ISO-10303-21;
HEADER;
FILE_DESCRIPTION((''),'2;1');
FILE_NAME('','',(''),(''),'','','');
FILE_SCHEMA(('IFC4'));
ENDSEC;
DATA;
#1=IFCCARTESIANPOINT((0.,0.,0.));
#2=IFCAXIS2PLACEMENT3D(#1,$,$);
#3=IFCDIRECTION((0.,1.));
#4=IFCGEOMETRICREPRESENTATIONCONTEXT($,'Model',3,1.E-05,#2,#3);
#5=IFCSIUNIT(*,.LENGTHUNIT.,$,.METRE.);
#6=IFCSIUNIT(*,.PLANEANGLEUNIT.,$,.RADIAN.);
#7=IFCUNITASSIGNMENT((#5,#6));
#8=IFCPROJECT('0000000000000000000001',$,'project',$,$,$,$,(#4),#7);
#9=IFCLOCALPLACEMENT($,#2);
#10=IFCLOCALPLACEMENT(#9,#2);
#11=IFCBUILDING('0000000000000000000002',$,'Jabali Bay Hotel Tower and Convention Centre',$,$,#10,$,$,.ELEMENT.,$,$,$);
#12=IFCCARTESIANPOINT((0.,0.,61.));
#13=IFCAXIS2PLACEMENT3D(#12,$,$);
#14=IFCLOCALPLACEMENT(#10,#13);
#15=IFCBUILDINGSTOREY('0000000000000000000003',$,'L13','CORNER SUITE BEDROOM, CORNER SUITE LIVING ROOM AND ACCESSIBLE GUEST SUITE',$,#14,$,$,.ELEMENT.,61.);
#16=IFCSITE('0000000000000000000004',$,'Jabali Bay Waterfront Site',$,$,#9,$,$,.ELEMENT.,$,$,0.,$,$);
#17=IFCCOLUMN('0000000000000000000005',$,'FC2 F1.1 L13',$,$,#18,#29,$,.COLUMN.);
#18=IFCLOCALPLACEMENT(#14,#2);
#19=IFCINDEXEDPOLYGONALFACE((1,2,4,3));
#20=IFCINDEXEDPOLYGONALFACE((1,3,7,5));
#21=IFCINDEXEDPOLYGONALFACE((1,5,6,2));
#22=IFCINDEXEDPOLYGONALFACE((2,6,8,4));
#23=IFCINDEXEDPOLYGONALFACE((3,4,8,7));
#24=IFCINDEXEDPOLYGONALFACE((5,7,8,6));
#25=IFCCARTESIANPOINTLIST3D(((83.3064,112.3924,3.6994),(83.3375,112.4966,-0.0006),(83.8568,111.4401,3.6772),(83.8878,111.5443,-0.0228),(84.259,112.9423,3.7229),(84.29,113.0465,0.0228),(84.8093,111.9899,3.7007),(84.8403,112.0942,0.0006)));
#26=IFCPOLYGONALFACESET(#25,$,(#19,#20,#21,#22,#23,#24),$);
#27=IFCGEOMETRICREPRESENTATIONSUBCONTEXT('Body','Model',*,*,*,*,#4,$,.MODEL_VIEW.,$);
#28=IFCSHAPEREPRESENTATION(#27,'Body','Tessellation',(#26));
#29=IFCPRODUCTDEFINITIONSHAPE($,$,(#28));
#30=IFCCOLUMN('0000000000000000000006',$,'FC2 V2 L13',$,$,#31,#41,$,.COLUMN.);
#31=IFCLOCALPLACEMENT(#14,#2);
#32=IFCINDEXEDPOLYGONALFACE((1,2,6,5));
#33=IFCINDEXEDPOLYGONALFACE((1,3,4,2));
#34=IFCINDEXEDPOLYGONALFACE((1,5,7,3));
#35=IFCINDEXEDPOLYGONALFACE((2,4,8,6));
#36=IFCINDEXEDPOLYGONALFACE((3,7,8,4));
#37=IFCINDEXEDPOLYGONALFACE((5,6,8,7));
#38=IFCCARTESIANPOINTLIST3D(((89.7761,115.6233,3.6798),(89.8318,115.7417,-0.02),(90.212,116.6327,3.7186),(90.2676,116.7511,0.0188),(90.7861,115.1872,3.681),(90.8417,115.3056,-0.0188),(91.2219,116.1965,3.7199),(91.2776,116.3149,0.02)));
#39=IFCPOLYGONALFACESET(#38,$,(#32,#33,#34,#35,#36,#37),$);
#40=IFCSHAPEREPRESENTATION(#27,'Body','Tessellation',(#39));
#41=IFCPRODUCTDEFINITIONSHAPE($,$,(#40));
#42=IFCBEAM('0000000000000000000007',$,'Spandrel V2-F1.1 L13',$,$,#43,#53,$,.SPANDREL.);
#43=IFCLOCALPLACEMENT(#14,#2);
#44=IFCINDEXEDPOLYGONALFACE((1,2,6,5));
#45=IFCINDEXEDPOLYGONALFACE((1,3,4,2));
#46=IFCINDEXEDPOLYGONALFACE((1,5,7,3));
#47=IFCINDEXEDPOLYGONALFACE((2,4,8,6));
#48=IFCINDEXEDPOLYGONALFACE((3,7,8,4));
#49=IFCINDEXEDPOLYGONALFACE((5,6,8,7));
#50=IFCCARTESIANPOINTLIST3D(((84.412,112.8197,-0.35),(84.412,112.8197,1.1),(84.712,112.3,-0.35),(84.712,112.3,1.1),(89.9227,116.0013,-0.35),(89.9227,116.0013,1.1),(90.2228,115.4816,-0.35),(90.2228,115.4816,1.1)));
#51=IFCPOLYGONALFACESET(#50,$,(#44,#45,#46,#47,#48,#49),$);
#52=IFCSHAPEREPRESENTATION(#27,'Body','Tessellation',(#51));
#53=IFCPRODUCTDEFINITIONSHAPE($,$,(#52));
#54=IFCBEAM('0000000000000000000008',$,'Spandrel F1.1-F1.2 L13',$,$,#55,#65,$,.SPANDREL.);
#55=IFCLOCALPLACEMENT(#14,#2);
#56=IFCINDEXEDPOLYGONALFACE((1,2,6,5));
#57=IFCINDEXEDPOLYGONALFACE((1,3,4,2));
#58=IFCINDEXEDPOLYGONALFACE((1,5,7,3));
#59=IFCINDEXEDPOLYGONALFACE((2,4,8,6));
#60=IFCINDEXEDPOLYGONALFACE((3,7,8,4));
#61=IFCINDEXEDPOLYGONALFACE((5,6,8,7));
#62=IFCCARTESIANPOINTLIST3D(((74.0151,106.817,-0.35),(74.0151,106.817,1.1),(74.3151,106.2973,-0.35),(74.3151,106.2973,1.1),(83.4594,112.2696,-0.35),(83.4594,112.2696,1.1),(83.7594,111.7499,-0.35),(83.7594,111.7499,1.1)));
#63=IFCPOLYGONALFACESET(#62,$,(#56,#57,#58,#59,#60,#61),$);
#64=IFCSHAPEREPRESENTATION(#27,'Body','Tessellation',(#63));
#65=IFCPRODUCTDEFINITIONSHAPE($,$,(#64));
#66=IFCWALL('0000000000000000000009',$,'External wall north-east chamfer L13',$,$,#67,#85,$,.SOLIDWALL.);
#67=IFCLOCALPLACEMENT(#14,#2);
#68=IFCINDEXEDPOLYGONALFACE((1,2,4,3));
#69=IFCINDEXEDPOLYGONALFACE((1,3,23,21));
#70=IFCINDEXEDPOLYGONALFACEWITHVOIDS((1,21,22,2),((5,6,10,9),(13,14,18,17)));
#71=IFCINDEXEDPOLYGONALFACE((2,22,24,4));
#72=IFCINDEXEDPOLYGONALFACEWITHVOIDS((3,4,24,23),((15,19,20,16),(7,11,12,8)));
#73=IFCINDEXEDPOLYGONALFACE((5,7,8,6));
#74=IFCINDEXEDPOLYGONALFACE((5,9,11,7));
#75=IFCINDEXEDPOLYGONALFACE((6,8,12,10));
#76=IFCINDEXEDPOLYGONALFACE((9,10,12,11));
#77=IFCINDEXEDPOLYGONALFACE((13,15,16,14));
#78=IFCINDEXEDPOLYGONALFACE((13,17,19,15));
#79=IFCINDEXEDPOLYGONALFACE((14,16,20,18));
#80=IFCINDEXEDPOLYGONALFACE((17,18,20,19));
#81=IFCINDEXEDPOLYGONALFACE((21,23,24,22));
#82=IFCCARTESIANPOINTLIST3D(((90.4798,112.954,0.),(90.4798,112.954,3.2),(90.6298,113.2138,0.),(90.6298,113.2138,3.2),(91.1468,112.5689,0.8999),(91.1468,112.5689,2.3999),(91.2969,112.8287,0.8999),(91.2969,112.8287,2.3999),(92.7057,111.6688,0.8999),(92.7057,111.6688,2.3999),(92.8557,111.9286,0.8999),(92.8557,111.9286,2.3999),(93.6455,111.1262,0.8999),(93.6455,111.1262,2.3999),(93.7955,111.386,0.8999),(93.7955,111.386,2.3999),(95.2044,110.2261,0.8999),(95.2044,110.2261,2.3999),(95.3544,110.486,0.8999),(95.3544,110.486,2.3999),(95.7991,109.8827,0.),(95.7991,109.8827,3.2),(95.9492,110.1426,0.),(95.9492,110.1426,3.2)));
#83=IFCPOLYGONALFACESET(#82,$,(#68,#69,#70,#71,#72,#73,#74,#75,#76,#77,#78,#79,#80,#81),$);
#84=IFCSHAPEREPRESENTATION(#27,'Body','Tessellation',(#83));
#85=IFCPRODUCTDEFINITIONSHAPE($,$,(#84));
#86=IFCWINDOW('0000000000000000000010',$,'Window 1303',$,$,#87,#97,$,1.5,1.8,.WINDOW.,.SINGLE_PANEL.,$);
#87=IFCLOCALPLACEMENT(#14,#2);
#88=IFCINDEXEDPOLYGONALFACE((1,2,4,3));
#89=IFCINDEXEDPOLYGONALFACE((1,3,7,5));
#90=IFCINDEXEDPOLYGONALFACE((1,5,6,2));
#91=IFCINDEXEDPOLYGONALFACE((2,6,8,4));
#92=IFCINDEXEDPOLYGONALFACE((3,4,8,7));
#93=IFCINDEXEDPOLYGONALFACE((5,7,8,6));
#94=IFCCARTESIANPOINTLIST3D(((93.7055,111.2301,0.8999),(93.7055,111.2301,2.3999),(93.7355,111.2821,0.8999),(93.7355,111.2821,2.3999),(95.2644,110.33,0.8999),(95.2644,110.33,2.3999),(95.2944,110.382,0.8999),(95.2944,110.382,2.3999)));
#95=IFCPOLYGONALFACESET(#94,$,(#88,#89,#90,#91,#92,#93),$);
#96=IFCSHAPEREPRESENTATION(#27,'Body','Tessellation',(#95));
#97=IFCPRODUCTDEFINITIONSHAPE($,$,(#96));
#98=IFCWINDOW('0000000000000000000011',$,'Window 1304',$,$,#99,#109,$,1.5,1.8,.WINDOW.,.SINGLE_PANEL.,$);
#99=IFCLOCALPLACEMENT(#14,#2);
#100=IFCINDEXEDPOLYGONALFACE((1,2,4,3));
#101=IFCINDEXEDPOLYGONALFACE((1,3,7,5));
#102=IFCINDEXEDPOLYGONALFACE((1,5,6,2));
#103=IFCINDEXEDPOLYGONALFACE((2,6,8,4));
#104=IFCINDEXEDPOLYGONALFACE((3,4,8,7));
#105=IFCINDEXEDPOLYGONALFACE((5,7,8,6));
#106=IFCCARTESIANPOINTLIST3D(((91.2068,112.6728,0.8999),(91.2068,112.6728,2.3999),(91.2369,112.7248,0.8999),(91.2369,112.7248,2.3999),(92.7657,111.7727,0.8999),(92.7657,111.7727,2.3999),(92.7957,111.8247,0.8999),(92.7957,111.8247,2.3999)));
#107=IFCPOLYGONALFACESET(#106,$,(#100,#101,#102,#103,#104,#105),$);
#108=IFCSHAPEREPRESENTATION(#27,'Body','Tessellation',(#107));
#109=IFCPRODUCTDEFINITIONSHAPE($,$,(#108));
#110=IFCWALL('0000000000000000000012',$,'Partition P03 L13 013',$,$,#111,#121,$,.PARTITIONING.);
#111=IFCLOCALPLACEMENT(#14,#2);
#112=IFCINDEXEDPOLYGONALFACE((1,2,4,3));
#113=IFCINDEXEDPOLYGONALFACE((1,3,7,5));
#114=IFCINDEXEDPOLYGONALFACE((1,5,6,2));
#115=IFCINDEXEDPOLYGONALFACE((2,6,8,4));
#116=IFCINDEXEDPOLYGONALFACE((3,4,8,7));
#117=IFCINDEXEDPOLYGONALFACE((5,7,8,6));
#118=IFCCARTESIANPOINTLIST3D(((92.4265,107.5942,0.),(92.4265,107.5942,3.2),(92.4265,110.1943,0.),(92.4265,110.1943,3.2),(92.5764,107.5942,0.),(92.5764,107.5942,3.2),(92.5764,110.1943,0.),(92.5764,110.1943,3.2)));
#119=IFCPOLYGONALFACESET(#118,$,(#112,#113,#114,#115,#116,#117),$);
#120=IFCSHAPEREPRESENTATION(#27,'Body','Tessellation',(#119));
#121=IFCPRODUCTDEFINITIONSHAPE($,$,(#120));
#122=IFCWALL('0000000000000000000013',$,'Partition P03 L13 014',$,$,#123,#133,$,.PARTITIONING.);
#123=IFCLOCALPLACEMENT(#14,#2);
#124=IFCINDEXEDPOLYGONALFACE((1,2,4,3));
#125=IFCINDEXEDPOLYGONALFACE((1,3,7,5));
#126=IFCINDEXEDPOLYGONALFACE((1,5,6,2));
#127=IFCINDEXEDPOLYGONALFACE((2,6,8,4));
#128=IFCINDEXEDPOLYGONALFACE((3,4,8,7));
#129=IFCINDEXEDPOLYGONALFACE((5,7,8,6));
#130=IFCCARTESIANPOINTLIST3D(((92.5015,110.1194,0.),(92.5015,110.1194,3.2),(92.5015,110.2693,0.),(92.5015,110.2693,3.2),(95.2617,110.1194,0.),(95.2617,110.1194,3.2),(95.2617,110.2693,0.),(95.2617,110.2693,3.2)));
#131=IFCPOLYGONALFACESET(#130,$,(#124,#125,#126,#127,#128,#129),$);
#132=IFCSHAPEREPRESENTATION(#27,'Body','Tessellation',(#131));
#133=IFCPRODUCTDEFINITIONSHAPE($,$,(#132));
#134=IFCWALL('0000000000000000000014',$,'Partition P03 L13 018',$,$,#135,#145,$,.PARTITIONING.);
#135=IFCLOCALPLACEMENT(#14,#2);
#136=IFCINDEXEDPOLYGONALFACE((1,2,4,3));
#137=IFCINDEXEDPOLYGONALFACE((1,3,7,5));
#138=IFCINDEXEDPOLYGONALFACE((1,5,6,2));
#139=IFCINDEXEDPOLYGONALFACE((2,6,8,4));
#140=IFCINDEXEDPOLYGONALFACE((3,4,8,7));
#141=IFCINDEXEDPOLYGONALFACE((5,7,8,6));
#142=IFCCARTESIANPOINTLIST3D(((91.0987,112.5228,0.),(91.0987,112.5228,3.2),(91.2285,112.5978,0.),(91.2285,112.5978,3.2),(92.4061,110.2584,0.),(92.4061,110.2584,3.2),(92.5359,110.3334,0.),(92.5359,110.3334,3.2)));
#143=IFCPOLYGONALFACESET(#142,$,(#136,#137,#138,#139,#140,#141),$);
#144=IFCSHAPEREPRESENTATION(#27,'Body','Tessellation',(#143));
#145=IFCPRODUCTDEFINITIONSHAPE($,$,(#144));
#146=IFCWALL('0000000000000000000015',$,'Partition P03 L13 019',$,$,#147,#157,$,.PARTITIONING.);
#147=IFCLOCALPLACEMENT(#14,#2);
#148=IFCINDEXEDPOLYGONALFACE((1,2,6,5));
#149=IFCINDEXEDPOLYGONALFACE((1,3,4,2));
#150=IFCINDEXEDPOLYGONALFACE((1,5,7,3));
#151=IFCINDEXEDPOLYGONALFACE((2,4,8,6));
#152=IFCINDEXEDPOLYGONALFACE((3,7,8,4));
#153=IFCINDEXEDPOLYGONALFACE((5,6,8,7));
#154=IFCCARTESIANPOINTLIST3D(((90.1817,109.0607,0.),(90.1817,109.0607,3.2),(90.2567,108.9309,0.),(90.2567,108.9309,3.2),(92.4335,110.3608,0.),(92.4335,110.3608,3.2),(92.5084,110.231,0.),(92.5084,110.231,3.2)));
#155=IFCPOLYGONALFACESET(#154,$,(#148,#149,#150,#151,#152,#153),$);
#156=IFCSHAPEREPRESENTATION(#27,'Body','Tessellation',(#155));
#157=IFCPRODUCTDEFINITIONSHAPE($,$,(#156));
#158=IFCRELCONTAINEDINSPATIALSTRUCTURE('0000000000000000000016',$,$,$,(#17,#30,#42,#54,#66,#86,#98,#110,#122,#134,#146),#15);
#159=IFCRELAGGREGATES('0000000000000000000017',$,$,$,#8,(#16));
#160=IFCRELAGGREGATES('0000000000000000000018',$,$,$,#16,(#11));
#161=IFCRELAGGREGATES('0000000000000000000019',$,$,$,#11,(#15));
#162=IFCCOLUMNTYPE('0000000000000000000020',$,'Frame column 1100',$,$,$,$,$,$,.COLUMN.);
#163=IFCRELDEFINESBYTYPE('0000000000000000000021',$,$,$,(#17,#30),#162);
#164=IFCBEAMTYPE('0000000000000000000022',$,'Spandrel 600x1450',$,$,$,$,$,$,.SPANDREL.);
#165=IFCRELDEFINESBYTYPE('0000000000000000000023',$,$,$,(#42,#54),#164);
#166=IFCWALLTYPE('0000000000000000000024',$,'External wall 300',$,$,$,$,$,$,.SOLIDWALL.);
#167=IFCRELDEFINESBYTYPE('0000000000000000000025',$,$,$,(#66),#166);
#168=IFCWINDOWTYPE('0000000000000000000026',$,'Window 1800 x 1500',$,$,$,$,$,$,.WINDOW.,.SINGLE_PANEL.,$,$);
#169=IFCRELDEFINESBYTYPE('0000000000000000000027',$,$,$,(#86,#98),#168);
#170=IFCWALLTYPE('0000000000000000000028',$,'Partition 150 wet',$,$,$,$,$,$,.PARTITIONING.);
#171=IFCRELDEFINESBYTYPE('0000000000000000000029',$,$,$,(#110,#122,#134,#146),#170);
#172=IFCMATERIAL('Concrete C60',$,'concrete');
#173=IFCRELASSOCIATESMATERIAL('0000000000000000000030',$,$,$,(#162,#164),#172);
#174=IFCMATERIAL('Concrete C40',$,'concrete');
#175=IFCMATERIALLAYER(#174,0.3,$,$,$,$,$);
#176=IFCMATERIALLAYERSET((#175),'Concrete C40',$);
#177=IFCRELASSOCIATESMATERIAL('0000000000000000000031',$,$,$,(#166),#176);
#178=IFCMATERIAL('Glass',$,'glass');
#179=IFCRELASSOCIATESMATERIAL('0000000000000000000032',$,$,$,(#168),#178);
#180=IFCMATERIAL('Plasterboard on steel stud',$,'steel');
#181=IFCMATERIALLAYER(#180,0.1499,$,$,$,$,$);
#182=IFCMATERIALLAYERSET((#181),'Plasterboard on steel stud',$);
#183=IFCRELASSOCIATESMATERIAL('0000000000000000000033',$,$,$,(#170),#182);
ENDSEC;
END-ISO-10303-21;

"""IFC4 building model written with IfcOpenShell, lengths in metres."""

from ifc_helpers import new_model, si_unit, direction, frame, frame_2d, origin, origin_2d, place, context, subcontext, project, spatial, rectangle, extrude, material, layer, layer_set, material_profile, profile_set, type_object, element, fill, save


model = new_model("IFC4")

# Units and contexts
model_context = context("Model", 3, precision=1e-05, world=origin(), true_north=direction((0.0, 1.0)))
body_context = subcontext(model_context, "Body", "Model", "MODEL_VIEW")
ifc_project = project(units=[si_unit("LENGTHUNIT", "METRE"), si_unit("PLANEANGLEUNIT", "RADIAN")], contexts=[model_context])

# Site, building, storey
site_placement = place(None, origin())
site = spatial("IfcSite", under=ifc_project, at=site_placement, Name="Jabali Bay Waterfront Site", CompositionType="ELEMENT", RefElevation=0.0)
building_placement = place(site_placement, origin())
building = spatial("IfcBuilding", under=site, at=building_placement, Name="Jabali Bay Hotel Tower and Convention Centre", CompositionType="ELEMENT")
storey_placement = place(building_placement, frame((0.0, 0.0, 61.0)))
storey = spatial("IfcBuildingStorey", under=building, at=storey_placement, Name="L13", Description="CORNER SUITE BEDROOM, CORNER SUITE LIVING ROOM AND ACCESSIBLE GUEST SUITE", CompositionType="ELEMENT", Elevation=61.0)

# Columns
ifc_material_1 = material(Name="Concrete C60", Category="concrete")
ifc_material_profile_1 = material_profile(ifc_material_1, rectangle(XDim=1.1001, YDim=1.1001, at=origin_2d()), Name="Frame column 1100")
ifc_profile_set_1 = profile_set([ifc_material_profile_1], Name="Concrete C60")
column_type = type_object("IfcColumnType", Name="Frame column 1100", PredefinedType="COLUMN", material=ifc_profile_set_1)
column_1_placement = place(storey_placement, frame((84.0889, 112.2954, 0.0), z_axis=(-0.008376, -0.028163, 0.999568), x_axis=(0.865852, 0.499845, 0.021339)))
element("IfcColumn", 1, at=column_1_placement, inside=storey, type_object=column_type, Name="FC2 F1.1 L13", PredefinedType="COLUMN", context=body_context, shape_type="SweptSolid", body=[
    extrude(rectangle(XDim=1.1001, YDim=1.1001, at=origin_2d()), origin(), (0.0, 0.0, 1.0), 3.7017),
])
column_2_placement = place(storey_placement, frame((90.5547, 116.0283, 0.0), z_axis=(-0.015035, -0.031983, 0.999375), x_axis=(0.918052, -0.396458, 0.001124)))
element("IfcColumn", 2, at=column_2_placement, inside=storey, type_object=column_type, Name="FC2 V2 L13", PredefinedType="COLUMN", context=body_context, shape_type="SweptSolid", body=[
    extrude(rectangle(XDim=1.1001, YDim=1.1001, at=origin_2d()), origin(), (0.0, 0.0, 1.0), 3.7021),
])

# Beams
ifc_material_profile_2 = material_profile(ifc_material_1, rectangle(XDim=0.6001, YDim=1.45, at=origin_2d()), Name="Spandrel 600x1450")
ifc_profile_set_2 = profile_set([ifc_material_profile_2], Name="Concrete C60")
beam_type = type_object("IfcBeamType", Name="Spandrel 600x1450", PredefinedType="SPANDREL", material=ifc_profile_set_2)
beam_1_placement = place(storey_placement, frame((90.0728, 115.7415, 0.375), z_axis=(-0.866025, -0.500001, 0.0), x_axis=(0.500001, -0.866025, 0.0)))
element("IfcBeam", 3, at=beam_1_placement, inside=storey, type_object=beam_type, Name="Spandrel V2-F1.1 L13", PredefinedType="SPANDREL", context=body_context, shape_type="SweptSolid", body=[
    extrude(rectangle(XDim=0.6001, YDim=1.45, at=origin_2d()), origin(), (0.0, 0.0, 1.0), 6.3633),
])
beam_2_placement = place(storey_placement, frame((83.6094, 112.0098, 0.375), z_axis=(-0.866028, -0.499996, 0.0), x_axis=(0.499996, -0.866028, 0.0)))
element("IfcBeam", 4, at=beam_2_placement, inside=storey, type_object=beam_type, Name="Spandrel F1.1-F1.2 L13", PredefinedType="SPANDREL", context=body_context, shape_type="SweptSolid", body=[
    extrude(rectangle(XDim=0.6001, YDim=1.45, at=origin_2d()), origin(), (0.0, 0.0, 1.0), 10.9053),
])

# Wall, openings, windows
ifc_material_2 = material(Name="Concrete C40", Category="concrete")
ifc_layer_1 = layer(ifc_material_2, 0.3)
ifc_layer_set_1 = layer_set([ifc_layer_1], Name="Concrete C40")
wall_type_1 = type_object("IfcWallType", Name="External wall 300", PredefinedType="SOLIDWALL", material=ifc_layer_set_1)
wall_1_placement = place(storey_placement, frame((90.5547, 113.084, 0.0), z_axis=(0.0, 0.0, 1.0), x_axis=(0.866013, -0.500021, 0.0)))
wall_1 = element("IfcWall", 5, at=wall_1_placement, inside=storey, type_object=wall_type_1, Name="External wall north-east chamfer L13", PredefinedType="SOLIDWALL", context=body_context, shape_type="SweptSolid", body=[
    extrude(rectangle(XDim=6.1423, YDim=0.3, at=frame_2d((3.0713, 0.0))), origin(), (0.0, 0.0, 1.0), 3.2),
])
opening_1_placement = place(wall_1_placement, frame((3.6558, 0.0, 0.8999)))
opening_1 = element("IfcOpeningElement", 6, at=opening_1_placement, cuts=wall_1, PredefinedType="OPENING", context=body_context, shape_type="SweptSolid", body=[
    extrude(rectangle(XDim=1.8, YDim=1.5, at=frame_2d((0.8999, 0.75))), frame((0.0, 0.1606, 0.0), z_axis=(0.0, -1.0, 0.0), x_axis=(1.0, 0.0, 0.0)), (0.0, 0.0, 1.0), 0.321),
])
opening_2_placement = place(wall_1_placement, frame((0.7705, 0.0, 0.8999)))
opening_2 = element("IfcOpeningElement", 7, at=opening_2_placement, cuts=wall_1, PredefinedType="OPENING", context=body_context, shape_type="SweptSolid", body=[
    extrude(rectangle(XDim=1.8, YDim=1.5, at=frame_2d((0.8999, 0.75))), frame((0.0, 0.1606, 0.0), z_axis=(0.0, -1.0, 0.0), x_axis=(1.0, 0.0, 0.0)), (0.0, 0.0, 1.0), 0.321),
])
ifc_material_3 = material(Name="Glass", Category="glass")
window_type = type_object("IfcWindowType", Name="Window 1800 x 1500", PartitioningType="SINGLE_PANEL", PredefinedType="WINDOW", material=ifc_material_3)
window_1_placement = place(opening_1_placement, origin())
window_1 = element("IfcWindow", 8, at=window_1_placement, inside=storey, type_object=window_type, Name="Window 1303", OverallHeight=1.5, OverallWidth=1.8, PartitioningType="SINGLE_PANEL", PredefinedType="WINDOW", context=body_context, shape_type="SweptSolid", body=[
    extrude(rectangle(XDim=1.8, YDim=1.5, at=frame_2d((0.8999, 0.75))), frame((0.0, 0.03, 0.0), z_axis=(0.0, -1.0, 0.0), x_axis=(1.0, 0.0, 0.0)), (0.0, 0.0, 1.0), 0.0601),
])
fill(opening_1, window_1)
window_2_placement = place(opening_2_placement, origin())
window_2 = element("IfcWindow", 9, at=window_2_placement, inside=storey, type_object=window_type, Name="Window 1304", OverallHeight=1.5, OverallWidth=1.8, PartitioningType="SINGLE_PANEL", PredefinedType="WINDOW", context=body_context, shape_type="SweptSolid", body=[
    extrude(rectangle(XDim=1.8, YDim=1.5, at=frame_2d((0.8999, 0.75))), frame((0.0, 0.03, 0.0), z_axis=(0.0, -1.0, 0.0), x_axis=(1.0, 0.0, 0.0)), (0.0, 0.0, 1.0), 0.0601),
])
fill(opening_2, window_2)

# Walls
ifc_material_4 = material(Name="Plasterboard on steel stud", Category="steel")
ifc_layer_2 = layer(ifc_material_4, 0.1499)
ifc_layer_set_2 = layer_set([ifc_layer_2], Name="Plasterboard on steel stud")
wall_type_2 = type_object("IfcWallType", Name="Partition 150 wet", PredefinedType="PARTITIONING", material=ifc_layer_set_2)
wall_2_placement = place(storey_placement, frame((92.5015, 107.5942, 0.0), z_axis=(0.0, 0.0, 1.0), x_axis=(0.0, 1.0, 0.0)))
element("IfcWall", 10, at=wall_2_placement, inside=storey, type_object=wall_type_2, Name="Partition P03 L13 013", PredefinedType="PARTITIONING", context=body_context, shape_type="SweptSolid", body=[
    extrude(rectangle(XDim=2.6001, YDim=0.1499, at=frame_2d((1.3, 0.0))), origin(), (0.0, 0.0, 1.0), 3.2),
])
wall_3_placement = place(storey_placement, frame((92.5015, 110.1943, 0.0), z_axis=(0.0, 0.0, 1.0), x_axis=(1.0, 0.0, 0.0)))
element("IfcWall", 11, at=wall_3_placement, inside=storey, type_object=wall_type_2, Name="Partition P03 L13 014", PredefinedType="PARTITIONING", context=body_context, shape_type="SweptSolid", body=[
    extrude(rectangle(XDim=2.7603, YDim=0.1499, at=frame_2d((1.3801, 0.0))), origin(), (0.0, 0.0, 1.0), 3.2),
])
wall_4_placement = place(storey_placement, frame((91.1636, 112.5603, 0.0), z_axis=(0.0, 0.0, 1.0), x_axis=(0.500005, -0.866022, 0.0)))
element("IfcWall", 12, at=wall_4_placement, inside=storey, type_object=wall_type_2, Name="Partition P03 L13 018", PredefinedType="PARTITIONING", context=body_context, shape_type="SweptSolid", body=[
    extrude(rectangle(XDim=2.6147, YDim=0.1499, at=frame_2d((1.3074, 0.0))), origin(), (0.0, 0.0, 1.0), 3.2),
])
wall_5_placement = place(storey_placement, frame((92.4709, 110.2959, 0.0), z_axis=(0.0, 0.0, 1.0), x_axis=(-0.866021, -0.500007, 0.0)))
element("IfcWall", 13, at=wall_5_placement, inside=storey, type_object=wall_type_2, Name="Partition P03 L13 019", PredefinedType="PARTITIONING", context=body_context, shape_type="SweptSolid", body=[
    extrude(rectangle(XDim=2.6001, YDim=0.1499, at=frame_2d((1.3, 0.0))), origin(), (0.0, 0.0, 1.0), 3.2),
])

save(model, "model.ifc")
